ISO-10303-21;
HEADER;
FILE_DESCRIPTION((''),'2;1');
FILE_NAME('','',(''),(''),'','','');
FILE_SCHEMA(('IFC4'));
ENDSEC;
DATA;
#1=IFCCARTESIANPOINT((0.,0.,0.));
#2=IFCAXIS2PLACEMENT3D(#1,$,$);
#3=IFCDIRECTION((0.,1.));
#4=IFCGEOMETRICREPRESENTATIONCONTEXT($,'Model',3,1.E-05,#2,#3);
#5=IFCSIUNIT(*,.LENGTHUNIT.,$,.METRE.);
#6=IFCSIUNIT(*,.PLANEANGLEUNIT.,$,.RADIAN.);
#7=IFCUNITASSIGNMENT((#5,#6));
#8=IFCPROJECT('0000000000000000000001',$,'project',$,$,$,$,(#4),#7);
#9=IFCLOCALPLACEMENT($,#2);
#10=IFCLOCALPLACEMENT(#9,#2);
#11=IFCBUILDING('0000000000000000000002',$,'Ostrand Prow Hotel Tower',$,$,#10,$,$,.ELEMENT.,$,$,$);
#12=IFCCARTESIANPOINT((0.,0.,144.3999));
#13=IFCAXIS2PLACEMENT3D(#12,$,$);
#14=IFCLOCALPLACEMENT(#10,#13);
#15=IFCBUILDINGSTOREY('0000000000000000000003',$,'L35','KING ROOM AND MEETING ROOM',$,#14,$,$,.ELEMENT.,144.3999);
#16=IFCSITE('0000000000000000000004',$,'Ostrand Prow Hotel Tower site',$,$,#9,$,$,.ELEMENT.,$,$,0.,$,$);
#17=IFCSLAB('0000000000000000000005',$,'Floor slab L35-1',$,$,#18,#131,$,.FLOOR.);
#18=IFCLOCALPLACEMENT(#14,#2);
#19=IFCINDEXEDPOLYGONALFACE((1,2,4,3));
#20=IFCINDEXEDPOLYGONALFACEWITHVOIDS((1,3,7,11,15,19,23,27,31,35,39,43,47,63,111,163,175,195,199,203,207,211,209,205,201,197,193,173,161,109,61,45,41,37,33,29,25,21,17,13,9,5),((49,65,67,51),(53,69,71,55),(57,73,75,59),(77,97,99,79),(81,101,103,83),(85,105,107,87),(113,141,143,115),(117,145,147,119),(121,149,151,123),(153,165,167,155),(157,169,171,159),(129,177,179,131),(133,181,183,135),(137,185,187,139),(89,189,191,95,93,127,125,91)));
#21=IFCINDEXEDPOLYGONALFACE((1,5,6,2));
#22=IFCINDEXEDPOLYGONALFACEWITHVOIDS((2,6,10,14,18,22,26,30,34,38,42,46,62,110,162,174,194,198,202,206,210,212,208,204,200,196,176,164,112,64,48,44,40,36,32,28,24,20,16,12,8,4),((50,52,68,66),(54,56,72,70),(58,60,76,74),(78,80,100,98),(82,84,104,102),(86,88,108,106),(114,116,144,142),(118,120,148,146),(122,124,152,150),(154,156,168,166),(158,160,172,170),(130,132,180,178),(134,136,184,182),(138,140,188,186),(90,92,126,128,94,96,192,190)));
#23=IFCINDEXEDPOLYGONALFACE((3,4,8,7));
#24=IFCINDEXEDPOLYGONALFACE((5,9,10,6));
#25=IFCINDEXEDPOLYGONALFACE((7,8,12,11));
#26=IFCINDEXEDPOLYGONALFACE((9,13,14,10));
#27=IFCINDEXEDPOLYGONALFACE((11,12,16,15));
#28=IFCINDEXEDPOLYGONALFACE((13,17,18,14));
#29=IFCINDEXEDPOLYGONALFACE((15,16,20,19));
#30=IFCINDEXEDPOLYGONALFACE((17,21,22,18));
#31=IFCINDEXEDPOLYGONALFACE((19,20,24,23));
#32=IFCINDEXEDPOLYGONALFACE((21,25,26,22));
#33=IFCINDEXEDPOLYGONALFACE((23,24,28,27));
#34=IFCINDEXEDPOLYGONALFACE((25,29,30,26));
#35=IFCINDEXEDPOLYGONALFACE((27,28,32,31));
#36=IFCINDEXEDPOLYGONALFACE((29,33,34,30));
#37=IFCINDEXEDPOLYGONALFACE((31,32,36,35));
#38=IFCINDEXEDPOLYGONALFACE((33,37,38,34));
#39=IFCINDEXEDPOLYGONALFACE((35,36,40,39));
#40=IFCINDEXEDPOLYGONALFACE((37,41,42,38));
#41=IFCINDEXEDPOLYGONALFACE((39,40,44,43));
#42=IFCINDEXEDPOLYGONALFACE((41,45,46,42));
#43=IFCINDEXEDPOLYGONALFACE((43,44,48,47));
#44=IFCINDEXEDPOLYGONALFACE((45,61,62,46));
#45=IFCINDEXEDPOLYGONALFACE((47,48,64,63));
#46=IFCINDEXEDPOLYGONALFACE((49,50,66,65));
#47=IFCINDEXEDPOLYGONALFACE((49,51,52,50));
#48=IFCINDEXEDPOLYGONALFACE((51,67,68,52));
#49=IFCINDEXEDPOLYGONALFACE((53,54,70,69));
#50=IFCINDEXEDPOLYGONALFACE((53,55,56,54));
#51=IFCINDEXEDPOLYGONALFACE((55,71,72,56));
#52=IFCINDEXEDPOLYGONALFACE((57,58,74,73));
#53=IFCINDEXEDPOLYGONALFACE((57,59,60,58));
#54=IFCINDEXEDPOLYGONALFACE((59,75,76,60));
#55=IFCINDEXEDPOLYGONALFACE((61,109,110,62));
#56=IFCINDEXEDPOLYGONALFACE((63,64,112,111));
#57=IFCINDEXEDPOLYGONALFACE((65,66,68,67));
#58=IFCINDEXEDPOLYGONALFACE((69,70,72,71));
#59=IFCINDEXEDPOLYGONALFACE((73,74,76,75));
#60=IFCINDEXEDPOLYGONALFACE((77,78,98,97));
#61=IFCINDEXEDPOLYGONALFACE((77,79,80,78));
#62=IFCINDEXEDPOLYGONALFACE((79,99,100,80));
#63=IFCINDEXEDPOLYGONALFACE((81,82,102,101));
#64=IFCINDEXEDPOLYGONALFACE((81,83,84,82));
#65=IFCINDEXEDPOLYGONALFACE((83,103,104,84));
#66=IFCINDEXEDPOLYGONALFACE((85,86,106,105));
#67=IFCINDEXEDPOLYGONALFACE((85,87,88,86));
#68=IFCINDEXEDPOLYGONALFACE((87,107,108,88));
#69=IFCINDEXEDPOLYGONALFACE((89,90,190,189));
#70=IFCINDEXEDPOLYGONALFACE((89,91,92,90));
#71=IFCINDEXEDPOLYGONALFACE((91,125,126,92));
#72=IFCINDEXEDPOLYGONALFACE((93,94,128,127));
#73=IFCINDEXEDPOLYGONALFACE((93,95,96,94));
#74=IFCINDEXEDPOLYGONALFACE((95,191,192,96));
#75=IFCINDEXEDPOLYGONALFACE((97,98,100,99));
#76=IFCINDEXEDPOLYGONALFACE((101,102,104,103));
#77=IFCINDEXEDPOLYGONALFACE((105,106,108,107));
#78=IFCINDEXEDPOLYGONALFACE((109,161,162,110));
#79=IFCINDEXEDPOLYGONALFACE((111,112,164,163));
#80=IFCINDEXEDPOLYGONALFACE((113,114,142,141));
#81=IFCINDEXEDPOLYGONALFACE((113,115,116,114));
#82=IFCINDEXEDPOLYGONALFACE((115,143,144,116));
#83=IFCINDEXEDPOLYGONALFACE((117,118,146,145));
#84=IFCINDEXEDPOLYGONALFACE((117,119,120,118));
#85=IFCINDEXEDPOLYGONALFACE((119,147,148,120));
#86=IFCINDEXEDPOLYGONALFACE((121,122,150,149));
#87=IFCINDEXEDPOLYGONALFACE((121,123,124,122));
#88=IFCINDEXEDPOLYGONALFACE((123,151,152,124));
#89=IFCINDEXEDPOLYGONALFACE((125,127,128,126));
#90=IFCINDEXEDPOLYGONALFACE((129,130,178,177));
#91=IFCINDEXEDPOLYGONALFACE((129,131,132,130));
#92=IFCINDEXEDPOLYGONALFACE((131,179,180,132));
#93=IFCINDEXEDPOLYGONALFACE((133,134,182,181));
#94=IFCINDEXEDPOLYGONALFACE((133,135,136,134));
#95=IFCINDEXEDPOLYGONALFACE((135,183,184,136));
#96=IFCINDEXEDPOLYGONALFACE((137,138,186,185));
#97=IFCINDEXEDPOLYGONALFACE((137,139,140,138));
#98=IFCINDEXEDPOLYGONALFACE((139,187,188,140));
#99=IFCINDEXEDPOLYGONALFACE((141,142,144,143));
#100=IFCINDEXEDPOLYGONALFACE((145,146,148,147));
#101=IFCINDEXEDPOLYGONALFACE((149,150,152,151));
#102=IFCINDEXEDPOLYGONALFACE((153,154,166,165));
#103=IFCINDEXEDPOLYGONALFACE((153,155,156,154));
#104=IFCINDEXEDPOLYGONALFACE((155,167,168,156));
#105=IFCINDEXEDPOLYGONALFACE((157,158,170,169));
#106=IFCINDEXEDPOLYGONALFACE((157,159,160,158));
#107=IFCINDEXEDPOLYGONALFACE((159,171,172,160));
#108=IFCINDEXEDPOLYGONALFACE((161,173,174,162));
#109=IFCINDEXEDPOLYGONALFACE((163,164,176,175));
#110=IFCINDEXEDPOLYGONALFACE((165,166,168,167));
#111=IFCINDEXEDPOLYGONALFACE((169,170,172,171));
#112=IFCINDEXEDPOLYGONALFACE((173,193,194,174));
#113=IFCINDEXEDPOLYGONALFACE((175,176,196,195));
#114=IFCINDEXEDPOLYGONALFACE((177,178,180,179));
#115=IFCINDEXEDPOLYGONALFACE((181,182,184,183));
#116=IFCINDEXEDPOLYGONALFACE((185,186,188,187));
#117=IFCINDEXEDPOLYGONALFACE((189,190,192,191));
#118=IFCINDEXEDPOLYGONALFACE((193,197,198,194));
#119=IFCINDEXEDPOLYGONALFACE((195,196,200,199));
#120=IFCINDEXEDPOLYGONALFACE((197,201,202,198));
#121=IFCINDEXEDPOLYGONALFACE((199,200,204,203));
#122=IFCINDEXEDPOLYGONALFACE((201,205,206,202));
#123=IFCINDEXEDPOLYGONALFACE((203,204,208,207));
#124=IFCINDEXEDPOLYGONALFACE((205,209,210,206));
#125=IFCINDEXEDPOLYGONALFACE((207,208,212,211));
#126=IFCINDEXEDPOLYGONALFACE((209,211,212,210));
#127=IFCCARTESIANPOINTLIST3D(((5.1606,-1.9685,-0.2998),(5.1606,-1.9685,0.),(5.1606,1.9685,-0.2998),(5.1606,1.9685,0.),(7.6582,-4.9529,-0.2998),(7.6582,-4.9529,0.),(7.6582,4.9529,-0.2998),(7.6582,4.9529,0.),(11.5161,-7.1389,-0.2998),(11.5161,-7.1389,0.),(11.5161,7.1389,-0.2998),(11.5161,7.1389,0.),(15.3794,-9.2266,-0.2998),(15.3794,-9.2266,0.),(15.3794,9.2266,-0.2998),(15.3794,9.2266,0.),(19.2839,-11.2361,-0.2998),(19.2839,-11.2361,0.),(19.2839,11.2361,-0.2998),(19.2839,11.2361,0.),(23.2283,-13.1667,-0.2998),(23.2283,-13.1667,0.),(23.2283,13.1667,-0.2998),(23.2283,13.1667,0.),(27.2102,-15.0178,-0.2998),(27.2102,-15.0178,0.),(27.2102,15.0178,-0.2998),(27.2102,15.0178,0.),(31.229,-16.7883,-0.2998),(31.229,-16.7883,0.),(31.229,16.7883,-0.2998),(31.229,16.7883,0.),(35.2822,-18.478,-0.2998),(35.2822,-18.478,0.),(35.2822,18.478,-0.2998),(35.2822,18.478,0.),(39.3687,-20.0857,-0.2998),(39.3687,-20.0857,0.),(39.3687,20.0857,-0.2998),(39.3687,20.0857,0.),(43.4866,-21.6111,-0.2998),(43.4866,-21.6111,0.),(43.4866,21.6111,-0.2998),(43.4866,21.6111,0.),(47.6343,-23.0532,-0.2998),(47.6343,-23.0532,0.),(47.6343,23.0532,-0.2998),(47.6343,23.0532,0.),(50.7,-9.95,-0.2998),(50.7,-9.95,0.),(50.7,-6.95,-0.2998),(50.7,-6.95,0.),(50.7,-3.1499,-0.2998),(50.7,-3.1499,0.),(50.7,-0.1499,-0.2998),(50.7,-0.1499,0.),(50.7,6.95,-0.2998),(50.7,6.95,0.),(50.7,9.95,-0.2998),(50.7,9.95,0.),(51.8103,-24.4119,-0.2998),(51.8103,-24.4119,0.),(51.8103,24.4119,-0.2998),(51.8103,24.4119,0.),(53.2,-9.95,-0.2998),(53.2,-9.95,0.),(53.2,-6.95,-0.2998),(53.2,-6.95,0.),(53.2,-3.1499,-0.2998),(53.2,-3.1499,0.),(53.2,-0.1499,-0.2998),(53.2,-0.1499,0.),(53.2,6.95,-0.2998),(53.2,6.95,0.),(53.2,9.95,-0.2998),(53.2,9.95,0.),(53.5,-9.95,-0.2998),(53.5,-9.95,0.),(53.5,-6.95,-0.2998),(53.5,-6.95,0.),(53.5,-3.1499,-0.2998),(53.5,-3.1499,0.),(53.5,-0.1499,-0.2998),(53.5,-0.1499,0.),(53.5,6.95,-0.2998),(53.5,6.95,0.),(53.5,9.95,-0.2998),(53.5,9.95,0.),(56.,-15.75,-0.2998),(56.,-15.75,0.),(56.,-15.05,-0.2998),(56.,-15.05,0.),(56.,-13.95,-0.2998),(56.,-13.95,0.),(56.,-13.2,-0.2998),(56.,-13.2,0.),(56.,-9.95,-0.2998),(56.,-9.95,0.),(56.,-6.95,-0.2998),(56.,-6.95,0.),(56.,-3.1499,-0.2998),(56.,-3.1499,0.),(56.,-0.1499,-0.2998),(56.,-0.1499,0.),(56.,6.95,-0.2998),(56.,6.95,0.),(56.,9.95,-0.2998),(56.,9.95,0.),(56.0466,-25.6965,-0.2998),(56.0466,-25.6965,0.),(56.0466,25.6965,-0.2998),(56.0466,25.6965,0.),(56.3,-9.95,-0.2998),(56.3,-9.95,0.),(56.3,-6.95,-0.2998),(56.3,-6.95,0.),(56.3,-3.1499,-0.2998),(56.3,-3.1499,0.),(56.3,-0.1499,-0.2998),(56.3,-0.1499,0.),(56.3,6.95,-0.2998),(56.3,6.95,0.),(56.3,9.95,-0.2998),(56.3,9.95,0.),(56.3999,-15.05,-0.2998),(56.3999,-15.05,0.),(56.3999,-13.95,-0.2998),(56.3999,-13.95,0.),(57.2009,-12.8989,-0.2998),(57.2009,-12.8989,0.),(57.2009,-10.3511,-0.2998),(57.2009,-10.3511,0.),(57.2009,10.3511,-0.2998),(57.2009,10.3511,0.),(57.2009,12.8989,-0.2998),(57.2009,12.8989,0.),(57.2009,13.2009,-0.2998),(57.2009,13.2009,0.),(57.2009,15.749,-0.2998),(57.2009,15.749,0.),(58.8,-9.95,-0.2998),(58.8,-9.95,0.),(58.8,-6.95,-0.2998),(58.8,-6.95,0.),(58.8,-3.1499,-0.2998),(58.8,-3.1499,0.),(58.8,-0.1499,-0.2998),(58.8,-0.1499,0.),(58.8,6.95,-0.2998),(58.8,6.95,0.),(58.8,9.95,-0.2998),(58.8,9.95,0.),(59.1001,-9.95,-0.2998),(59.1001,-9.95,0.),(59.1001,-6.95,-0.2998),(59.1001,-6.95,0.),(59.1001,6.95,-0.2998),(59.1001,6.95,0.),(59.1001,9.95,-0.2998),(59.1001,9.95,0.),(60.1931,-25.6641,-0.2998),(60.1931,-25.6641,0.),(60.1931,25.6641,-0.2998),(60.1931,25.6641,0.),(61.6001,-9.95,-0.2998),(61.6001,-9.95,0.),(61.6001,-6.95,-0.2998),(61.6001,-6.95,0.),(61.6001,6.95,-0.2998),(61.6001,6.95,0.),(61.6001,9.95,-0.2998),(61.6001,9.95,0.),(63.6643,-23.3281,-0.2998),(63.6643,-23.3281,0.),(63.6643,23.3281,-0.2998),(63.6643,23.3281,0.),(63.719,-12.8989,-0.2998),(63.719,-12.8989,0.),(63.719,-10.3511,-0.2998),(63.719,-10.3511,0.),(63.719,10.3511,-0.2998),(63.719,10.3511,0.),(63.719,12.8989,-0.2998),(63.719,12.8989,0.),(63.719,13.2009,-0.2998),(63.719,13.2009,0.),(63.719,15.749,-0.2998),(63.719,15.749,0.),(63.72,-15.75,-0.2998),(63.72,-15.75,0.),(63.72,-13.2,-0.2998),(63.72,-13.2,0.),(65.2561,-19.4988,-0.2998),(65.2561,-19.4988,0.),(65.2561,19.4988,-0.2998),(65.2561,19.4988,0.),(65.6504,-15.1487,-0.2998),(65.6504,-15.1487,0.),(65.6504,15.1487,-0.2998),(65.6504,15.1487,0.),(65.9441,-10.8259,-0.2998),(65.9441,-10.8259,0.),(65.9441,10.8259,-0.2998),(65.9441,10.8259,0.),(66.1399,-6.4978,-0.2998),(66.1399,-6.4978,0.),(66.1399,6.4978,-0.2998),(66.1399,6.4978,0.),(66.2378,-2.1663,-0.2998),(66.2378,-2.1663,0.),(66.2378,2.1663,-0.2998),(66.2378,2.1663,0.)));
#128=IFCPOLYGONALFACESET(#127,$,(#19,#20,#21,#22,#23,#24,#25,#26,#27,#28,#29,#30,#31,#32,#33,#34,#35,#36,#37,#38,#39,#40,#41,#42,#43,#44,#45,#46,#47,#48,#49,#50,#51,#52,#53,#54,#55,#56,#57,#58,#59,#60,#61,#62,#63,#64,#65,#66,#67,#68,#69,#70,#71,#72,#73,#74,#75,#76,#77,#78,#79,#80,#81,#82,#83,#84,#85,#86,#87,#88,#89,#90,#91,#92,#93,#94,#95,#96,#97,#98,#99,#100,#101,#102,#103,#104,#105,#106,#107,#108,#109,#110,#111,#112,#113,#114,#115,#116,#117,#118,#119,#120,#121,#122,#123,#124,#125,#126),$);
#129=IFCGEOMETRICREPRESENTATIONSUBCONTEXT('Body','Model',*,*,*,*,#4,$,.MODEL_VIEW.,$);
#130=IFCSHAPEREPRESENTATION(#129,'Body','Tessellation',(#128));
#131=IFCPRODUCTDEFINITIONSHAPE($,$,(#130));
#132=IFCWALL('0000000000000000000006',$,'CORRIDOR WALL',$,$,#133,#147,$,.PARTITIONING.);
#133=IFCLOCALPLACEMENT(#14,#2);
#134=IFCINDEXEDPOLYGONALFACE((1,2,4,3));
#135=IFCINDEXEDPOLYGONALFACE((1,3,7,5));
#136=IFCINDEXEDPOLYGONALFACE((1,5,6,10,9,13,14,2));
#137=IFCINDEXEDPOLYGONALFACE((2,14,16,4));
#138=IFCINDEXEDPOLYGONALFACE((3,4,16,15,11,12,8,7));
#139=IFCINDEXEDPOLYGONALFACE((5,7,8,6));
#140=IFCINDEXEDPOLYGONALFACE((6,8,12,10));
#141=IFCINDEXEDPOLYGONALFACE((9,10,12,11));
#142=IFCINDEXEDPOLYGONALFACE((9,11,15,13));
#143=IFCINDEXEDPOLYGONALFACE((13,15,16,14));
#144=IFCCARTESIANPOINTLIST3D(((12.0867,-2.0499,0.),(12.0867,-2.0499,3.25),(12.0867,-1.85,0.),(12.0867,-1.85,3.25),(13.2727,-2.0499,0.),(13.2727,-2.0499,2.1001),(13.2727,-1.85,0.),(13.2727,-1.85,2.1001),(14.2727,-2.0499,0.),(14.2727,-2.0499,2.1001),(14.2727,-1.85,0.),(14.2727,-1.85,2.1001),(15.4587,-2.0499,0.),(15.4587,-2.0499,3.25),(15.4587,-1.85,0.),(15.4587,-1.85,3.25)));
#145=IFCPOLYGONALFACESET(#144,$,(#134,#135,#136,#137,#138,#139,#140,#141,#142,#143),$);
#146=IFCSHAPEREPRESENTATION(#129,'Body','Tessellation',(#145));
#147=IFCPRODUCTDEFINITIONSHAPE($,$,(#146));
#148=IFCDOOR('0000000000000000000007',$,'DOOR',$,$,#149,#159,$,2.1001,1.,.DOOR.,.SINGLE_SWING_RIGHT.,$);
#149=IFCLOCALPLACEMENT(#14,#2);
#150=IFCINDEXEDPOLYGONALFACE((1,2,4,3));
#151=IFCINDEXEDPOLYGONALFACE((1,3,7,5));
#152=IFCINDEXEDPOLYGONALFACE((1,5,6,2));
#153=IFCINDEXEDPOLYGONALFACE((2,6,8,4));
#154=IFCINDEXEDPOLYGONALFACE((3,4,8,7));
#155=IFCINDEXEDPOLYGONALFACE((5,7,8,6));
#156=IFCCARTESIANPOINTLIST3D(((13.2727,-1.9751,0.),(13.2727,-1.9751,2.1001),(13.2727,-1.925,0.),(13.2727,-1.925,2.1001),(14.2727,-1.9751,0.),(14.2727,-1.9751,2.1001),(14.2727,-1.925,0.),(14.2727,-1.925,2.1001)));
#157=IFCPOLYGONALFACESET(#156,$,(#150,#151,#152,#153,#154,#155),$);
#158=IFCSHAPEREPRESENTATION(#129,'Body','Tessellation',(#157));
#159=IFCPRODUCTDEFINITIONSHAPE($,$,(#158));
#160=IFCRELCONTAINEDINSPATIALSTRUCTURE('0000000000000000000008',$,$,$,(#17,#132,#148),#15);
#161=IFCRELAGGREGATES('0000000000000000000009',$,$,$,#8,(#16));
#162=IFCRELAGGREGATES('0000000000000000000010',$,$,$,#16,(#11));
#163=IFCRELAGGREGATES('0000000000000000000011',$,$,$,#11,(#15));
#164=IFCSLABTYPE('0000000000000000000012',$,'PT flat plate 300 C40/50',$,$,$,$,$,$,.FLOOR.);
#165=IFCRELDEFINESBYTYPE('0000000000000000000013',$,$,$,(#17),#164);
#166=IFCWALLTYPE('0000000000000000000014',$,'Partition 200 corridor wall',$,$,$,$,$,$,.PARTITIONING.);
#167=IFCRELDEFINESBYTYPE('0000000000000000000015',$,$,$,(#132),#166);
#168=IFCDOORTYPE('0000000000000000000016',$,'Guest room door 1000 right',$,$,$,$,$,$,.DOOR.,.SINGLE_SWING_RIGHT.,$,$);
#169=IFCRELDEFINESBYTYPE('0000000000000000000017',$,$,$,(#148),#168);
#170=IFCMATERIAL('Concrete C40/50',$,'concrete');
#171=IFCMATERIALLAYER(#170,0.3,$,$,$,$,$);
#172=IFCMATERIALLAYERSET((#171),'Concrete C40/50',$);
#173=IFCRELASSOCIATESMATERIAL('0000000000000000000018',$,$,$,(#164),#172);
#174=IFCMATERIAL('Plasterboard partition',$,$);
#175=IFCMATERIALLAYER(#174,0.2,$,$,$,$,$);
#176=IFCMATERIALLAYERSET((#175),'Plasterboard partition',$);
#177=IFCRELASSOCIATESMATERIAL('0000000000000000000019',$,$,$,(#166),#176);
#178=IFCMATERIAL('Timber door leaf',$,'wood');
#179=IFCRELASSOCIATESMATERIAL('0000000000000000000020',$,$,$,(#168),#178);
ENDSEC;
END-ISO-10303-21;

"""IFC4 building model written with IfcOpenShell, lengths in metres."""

from ifc_helpers import new_model, si_unit, direction, frame, frame_2d, origin, place, context, subcontext, project, spatial, polyline, rectangle, outline, extrude, material, layer, layer_set, type_object, element, fill, save


model = new_model("IFC4")

# Units and contexts
model_context = context("Model", 3, precision=1e-05, world=origin(), true_north=direction((0.0, 1.0)))
body_context = subcontext(model_context, "Body", "Model", "MODEL_VIEW")
ifc_project = project(units=[si_unit("LENGTHUNIT", "METRE"), si_unit("PLANEANGLEUNIT", "RADIAN")], contexts=[model_context])

# Site, building, storey
site_placement = place(None, origin())
site = spatial("IfcSite", under=ifc_project, at=site_placement, Name="Ostrand Prow Hotel Tower site", CompositionType="ELEMENT", RefElevation=0.0)
building_placement = place(site_placement, origin())
building = spatial("IfcBuilding", under=site, at=building_placement, Name="Ostrand Prow Hotel Tower", CompositionType="ELEMENT")
storey_placement = place(building_placement, frame((0.0, 0.0, 144.3999)))
storey = spatial("IfcBuildingStorey", under=building, at=storey_placement, Name="L35", Description="KING ROOM AND MEETING ROOM", CompositionType="ELEMENT", Elevation=144.3999)

# Slab, opening
ifc_material_1 = material(Name="Concrete C40/50", Category="concrete")
ifc_layer_1 = layer(ifc_material_1, 0.3)
ifc_layer_set_1 = layer_set([ifc_layer_1], Name="Concrete C40/50")
slab_type = type_object("IfcSlabType", Name="PT flat plate 300 C40/50", PredefinedType="FLOOR", material=ifc_layer_set_1)
slab_placement = place(storey_placement, frame((0.0, 0.0, -0.2998)))
slab = element("IfcSlab", 1, at=slab_placement, inside=storey, type_object=slab_type, Name="Floor slab L35-1", PredefinedType="FLOOR", context=body_context, shape_type="SweptSolid", body=[
    extrude(outline(polyline([(7.6582, 4.9529), (11.5161, 7.1389), (15.3794, 9.2266), (19.2839, 11.2361), (23.2283, 13.1667), (27.2102, 15.0178), (31.229, 16.7883), (35.2822, 18.478), (39.3687, 20.0857), (43.4866, 21.6111), (47.6343, 23.0532), (51.8103, 24.4119), (56.0466, 25.6965), (60.1931, 25.6641), (63.6643, 23.3281), (65.2561, 19.4988), (65.6504, 15.1487), (65.9441, 10.8259), (66.1399, 6.4978), (66.2378, 2.1663), (66.2378, -2.1663), (66.1399, -6.4978), (65.9441, -10.8259), (65.6504, -15.1487), (65.2561, -19.4988), (63.6643, -23.3281), (60.1931, -25.6641), (56.0466, -25.6965), (51.8103, -24.4119), (47.6343, -23.0532), (43.4866, -21.6111), (39.3687, -20.0857), (35.2822, -18.478), (31.229, -16.7883), (27.2102, -15.0178), (23.2283, -13.1667), (19.2839, -11.2361), (15.3794, -9.2266), (11.5161, -7.1389), (7.6582, -4.9529), (5.1606, -1.9685), (5.1606, 1.9685), (7.6582, 4.9529)]), holes=[polyline([(50.7, 6.95), (53.2, 6.95), (53.2, 9.95), (50.7, 9.95), (50.7, 6.95)]), polyline([(53.5, 6.95), (56.0, 6.95), (56.0, 9.95), (53.5, 9.95), (53.5, 6.95)]), polyline([(56.3, 6.95), (58.8, 6.95), (58.8, 9.95), (56.3, 9.95), (56.3, 6.95)]), polyline([(59.1001, 6.95), (61.6001, 6.95), (61.6001, 9.95), (59.1001, 9.95), (59.1001, 6.95)]), polyline([(50.7, -3.1499), (53.2, -3.1499), (53.2, -0.1499), (50.7, -0.1499), (50.7, -3.1499)]), polyline([(53.5, -3.1499), (56.0, -3.1499), (56.0, -0.1499), (53.5, -0.1499), (53.5, -3.1499)]), polyline([(56.3, -3.1499), (58.8, -3.1499), (58.8, -0.1499), (56.3, -0.1499), (56.3, -3.1499)]), polyline([(50.7, -9.95), (53.2, -9.95), (53.2, -6.95), (50.7, -6.95), (50.7, -9.95)]), polyline([(53.5, -9.95), (56.0, -9.95), (56.0, -6.95), (53.5, -6.95), (53.5, -9.95)]), polyline([(56.3, -9.95), (58.8, -9.95), (58.8, -6.95), (56.3, -6.95), (56.3, -9.95)]), polyline([(59.1001, -9.95), (61.6001, -9.95), (61.6001, -6.95), (59.1001, -6.95), (59.1001, -9.95)]), polyline([(57.2009, 10.3511), (57.2009, 12.8989), (63.719, 12.8989), (63.719, 10.3511), (57.2009, 10.3511)]), polyline([(57.2009, 13.2009), (57.2009, 15.749), (63.719, 15.749), (63.719, 13.2009), (57.2009, 13.2009)]), polyline([(57.2009, -12.8989), (57.2009, -10.3511), (63.719, -10.3511), (63.719, -12.8989), (57.2009, -12.8989)]), polyline([(56.0, -13.2), (63.72, -13.2), (63.72, -15.75), (56.0, -15.75), (56.0, -15.05), (56.3999, -15.05), (56.3999, -13.95), (56.0, -13.95), (56.0, -13.2)])]), origin(), (0.0, 0.0, 1.0), 0.2998),
])
opening_1_placement = place(slab_placement, origin())
element("IfcOpeningElement", 2, at=opening_1_placement, cuts=slab, PredefinedType="OPENING", context=body_context, shape_type="SweptSolid", body=[
    extrude(outline(polyline([(56.0, -13.2), (63.72, -13.2), (63.72, -15.75), (56.0, -15.75), (56.0, -15.05), (56.3999, -15.05), (56.3999, -13.95), (56.0, -13.95), (56.0, -13.2)])), origin(), (0.0, 0.0, 1.0), 0.2998),
])

# Wall, opening, door
ifc_material_2 = material(Name="Plasterboard partition")
ifc_layer_2 = layer(ifc_material_2, 0.2)
ifc_layer_set_2 = layer_set([ifc_layer_2], Name="Plasterboard partition")
wall_type_1 = type_object("IfcWallType", Name="Partition 200 corridor wall", PredefinedType="PARTITIONING", material=ifc_layer_set_2)
wall_1_placement = place(storey_placement, frame((12.0867, -1.95, 0.0), z_axis=(0.0, 0.0, 1.0), x_axis=(1.0, 0.0, 0.0)))
wall_1 = element("IfcWall", 3, at=wall_1_placement, inside=storey, type_object=wall_type_1, Name="CORRIDOR WALL", PredefinedType="PARTITIONING", context=body_context, shape_type="SweptSolid", body=[
    extrude(rectangle(XDim=3.3721, YDim=0.2, at=frame_2d((1.686, 0.0))), origin(), (0.0, 0.0, 1.0), 3.25),
])
opening_2_placement = place(wall_1_placement, frame((1.186, 0.0, 0.0)))
opening_2 = element("IfcOpeningElement", 4, at=opening_2_placement, cuts=wall_1, PredefinedType="OPENING", context=body_context, shape_type="SweptSolid", body=[
    extrude(rectangle(XDim=1.0, YDim=2.1001, at=frame_2d((0.5, 1.05))), frame((0.0, 0.1099, 0.0), z_axis=(0.0, -1.0, 0.0), x_axis=(1.0, 0.0, 0.0)), (0.0, 0.0, 1.0), 0.22),
])
ifc_material_3 = material(Name="Timber door leaf", Category="wood")
door_type_1 = type_object("IfcDoorType", Name="Guest room door 1000 right", OperationType="SINGLE_SWING_RIGHT", PredefinedType="DOOR", material=ifc_material_3)
door_1_placement = place(opening_2_placement, origin())
door_1 = element("IfcDoor", 5, at=door_1_placement, inside=storey, type_object=door_type_1, Name="DOOR", OperationType="SINGLE_SWING_RIGHT", OverallHeight=2.1001, OverallWidth=1.0, PredefinedType="DOOR", context=body_context, shape_type="SweptSolid", body=[
    extrude(rectangle(XDim=1.0, YDim=2.1001, at=frame_2d((0.5, 1.05))), frame((0.0, 0.0249, 0.0), z_axis=(0.0, -1.0, 0.0), x_axis=(1.0, 0.0, 0.0)), (0.0, 0.0, 1.0), 0.05),
])
fill(opening_2, door_1)

save(model, "model.ifc")
